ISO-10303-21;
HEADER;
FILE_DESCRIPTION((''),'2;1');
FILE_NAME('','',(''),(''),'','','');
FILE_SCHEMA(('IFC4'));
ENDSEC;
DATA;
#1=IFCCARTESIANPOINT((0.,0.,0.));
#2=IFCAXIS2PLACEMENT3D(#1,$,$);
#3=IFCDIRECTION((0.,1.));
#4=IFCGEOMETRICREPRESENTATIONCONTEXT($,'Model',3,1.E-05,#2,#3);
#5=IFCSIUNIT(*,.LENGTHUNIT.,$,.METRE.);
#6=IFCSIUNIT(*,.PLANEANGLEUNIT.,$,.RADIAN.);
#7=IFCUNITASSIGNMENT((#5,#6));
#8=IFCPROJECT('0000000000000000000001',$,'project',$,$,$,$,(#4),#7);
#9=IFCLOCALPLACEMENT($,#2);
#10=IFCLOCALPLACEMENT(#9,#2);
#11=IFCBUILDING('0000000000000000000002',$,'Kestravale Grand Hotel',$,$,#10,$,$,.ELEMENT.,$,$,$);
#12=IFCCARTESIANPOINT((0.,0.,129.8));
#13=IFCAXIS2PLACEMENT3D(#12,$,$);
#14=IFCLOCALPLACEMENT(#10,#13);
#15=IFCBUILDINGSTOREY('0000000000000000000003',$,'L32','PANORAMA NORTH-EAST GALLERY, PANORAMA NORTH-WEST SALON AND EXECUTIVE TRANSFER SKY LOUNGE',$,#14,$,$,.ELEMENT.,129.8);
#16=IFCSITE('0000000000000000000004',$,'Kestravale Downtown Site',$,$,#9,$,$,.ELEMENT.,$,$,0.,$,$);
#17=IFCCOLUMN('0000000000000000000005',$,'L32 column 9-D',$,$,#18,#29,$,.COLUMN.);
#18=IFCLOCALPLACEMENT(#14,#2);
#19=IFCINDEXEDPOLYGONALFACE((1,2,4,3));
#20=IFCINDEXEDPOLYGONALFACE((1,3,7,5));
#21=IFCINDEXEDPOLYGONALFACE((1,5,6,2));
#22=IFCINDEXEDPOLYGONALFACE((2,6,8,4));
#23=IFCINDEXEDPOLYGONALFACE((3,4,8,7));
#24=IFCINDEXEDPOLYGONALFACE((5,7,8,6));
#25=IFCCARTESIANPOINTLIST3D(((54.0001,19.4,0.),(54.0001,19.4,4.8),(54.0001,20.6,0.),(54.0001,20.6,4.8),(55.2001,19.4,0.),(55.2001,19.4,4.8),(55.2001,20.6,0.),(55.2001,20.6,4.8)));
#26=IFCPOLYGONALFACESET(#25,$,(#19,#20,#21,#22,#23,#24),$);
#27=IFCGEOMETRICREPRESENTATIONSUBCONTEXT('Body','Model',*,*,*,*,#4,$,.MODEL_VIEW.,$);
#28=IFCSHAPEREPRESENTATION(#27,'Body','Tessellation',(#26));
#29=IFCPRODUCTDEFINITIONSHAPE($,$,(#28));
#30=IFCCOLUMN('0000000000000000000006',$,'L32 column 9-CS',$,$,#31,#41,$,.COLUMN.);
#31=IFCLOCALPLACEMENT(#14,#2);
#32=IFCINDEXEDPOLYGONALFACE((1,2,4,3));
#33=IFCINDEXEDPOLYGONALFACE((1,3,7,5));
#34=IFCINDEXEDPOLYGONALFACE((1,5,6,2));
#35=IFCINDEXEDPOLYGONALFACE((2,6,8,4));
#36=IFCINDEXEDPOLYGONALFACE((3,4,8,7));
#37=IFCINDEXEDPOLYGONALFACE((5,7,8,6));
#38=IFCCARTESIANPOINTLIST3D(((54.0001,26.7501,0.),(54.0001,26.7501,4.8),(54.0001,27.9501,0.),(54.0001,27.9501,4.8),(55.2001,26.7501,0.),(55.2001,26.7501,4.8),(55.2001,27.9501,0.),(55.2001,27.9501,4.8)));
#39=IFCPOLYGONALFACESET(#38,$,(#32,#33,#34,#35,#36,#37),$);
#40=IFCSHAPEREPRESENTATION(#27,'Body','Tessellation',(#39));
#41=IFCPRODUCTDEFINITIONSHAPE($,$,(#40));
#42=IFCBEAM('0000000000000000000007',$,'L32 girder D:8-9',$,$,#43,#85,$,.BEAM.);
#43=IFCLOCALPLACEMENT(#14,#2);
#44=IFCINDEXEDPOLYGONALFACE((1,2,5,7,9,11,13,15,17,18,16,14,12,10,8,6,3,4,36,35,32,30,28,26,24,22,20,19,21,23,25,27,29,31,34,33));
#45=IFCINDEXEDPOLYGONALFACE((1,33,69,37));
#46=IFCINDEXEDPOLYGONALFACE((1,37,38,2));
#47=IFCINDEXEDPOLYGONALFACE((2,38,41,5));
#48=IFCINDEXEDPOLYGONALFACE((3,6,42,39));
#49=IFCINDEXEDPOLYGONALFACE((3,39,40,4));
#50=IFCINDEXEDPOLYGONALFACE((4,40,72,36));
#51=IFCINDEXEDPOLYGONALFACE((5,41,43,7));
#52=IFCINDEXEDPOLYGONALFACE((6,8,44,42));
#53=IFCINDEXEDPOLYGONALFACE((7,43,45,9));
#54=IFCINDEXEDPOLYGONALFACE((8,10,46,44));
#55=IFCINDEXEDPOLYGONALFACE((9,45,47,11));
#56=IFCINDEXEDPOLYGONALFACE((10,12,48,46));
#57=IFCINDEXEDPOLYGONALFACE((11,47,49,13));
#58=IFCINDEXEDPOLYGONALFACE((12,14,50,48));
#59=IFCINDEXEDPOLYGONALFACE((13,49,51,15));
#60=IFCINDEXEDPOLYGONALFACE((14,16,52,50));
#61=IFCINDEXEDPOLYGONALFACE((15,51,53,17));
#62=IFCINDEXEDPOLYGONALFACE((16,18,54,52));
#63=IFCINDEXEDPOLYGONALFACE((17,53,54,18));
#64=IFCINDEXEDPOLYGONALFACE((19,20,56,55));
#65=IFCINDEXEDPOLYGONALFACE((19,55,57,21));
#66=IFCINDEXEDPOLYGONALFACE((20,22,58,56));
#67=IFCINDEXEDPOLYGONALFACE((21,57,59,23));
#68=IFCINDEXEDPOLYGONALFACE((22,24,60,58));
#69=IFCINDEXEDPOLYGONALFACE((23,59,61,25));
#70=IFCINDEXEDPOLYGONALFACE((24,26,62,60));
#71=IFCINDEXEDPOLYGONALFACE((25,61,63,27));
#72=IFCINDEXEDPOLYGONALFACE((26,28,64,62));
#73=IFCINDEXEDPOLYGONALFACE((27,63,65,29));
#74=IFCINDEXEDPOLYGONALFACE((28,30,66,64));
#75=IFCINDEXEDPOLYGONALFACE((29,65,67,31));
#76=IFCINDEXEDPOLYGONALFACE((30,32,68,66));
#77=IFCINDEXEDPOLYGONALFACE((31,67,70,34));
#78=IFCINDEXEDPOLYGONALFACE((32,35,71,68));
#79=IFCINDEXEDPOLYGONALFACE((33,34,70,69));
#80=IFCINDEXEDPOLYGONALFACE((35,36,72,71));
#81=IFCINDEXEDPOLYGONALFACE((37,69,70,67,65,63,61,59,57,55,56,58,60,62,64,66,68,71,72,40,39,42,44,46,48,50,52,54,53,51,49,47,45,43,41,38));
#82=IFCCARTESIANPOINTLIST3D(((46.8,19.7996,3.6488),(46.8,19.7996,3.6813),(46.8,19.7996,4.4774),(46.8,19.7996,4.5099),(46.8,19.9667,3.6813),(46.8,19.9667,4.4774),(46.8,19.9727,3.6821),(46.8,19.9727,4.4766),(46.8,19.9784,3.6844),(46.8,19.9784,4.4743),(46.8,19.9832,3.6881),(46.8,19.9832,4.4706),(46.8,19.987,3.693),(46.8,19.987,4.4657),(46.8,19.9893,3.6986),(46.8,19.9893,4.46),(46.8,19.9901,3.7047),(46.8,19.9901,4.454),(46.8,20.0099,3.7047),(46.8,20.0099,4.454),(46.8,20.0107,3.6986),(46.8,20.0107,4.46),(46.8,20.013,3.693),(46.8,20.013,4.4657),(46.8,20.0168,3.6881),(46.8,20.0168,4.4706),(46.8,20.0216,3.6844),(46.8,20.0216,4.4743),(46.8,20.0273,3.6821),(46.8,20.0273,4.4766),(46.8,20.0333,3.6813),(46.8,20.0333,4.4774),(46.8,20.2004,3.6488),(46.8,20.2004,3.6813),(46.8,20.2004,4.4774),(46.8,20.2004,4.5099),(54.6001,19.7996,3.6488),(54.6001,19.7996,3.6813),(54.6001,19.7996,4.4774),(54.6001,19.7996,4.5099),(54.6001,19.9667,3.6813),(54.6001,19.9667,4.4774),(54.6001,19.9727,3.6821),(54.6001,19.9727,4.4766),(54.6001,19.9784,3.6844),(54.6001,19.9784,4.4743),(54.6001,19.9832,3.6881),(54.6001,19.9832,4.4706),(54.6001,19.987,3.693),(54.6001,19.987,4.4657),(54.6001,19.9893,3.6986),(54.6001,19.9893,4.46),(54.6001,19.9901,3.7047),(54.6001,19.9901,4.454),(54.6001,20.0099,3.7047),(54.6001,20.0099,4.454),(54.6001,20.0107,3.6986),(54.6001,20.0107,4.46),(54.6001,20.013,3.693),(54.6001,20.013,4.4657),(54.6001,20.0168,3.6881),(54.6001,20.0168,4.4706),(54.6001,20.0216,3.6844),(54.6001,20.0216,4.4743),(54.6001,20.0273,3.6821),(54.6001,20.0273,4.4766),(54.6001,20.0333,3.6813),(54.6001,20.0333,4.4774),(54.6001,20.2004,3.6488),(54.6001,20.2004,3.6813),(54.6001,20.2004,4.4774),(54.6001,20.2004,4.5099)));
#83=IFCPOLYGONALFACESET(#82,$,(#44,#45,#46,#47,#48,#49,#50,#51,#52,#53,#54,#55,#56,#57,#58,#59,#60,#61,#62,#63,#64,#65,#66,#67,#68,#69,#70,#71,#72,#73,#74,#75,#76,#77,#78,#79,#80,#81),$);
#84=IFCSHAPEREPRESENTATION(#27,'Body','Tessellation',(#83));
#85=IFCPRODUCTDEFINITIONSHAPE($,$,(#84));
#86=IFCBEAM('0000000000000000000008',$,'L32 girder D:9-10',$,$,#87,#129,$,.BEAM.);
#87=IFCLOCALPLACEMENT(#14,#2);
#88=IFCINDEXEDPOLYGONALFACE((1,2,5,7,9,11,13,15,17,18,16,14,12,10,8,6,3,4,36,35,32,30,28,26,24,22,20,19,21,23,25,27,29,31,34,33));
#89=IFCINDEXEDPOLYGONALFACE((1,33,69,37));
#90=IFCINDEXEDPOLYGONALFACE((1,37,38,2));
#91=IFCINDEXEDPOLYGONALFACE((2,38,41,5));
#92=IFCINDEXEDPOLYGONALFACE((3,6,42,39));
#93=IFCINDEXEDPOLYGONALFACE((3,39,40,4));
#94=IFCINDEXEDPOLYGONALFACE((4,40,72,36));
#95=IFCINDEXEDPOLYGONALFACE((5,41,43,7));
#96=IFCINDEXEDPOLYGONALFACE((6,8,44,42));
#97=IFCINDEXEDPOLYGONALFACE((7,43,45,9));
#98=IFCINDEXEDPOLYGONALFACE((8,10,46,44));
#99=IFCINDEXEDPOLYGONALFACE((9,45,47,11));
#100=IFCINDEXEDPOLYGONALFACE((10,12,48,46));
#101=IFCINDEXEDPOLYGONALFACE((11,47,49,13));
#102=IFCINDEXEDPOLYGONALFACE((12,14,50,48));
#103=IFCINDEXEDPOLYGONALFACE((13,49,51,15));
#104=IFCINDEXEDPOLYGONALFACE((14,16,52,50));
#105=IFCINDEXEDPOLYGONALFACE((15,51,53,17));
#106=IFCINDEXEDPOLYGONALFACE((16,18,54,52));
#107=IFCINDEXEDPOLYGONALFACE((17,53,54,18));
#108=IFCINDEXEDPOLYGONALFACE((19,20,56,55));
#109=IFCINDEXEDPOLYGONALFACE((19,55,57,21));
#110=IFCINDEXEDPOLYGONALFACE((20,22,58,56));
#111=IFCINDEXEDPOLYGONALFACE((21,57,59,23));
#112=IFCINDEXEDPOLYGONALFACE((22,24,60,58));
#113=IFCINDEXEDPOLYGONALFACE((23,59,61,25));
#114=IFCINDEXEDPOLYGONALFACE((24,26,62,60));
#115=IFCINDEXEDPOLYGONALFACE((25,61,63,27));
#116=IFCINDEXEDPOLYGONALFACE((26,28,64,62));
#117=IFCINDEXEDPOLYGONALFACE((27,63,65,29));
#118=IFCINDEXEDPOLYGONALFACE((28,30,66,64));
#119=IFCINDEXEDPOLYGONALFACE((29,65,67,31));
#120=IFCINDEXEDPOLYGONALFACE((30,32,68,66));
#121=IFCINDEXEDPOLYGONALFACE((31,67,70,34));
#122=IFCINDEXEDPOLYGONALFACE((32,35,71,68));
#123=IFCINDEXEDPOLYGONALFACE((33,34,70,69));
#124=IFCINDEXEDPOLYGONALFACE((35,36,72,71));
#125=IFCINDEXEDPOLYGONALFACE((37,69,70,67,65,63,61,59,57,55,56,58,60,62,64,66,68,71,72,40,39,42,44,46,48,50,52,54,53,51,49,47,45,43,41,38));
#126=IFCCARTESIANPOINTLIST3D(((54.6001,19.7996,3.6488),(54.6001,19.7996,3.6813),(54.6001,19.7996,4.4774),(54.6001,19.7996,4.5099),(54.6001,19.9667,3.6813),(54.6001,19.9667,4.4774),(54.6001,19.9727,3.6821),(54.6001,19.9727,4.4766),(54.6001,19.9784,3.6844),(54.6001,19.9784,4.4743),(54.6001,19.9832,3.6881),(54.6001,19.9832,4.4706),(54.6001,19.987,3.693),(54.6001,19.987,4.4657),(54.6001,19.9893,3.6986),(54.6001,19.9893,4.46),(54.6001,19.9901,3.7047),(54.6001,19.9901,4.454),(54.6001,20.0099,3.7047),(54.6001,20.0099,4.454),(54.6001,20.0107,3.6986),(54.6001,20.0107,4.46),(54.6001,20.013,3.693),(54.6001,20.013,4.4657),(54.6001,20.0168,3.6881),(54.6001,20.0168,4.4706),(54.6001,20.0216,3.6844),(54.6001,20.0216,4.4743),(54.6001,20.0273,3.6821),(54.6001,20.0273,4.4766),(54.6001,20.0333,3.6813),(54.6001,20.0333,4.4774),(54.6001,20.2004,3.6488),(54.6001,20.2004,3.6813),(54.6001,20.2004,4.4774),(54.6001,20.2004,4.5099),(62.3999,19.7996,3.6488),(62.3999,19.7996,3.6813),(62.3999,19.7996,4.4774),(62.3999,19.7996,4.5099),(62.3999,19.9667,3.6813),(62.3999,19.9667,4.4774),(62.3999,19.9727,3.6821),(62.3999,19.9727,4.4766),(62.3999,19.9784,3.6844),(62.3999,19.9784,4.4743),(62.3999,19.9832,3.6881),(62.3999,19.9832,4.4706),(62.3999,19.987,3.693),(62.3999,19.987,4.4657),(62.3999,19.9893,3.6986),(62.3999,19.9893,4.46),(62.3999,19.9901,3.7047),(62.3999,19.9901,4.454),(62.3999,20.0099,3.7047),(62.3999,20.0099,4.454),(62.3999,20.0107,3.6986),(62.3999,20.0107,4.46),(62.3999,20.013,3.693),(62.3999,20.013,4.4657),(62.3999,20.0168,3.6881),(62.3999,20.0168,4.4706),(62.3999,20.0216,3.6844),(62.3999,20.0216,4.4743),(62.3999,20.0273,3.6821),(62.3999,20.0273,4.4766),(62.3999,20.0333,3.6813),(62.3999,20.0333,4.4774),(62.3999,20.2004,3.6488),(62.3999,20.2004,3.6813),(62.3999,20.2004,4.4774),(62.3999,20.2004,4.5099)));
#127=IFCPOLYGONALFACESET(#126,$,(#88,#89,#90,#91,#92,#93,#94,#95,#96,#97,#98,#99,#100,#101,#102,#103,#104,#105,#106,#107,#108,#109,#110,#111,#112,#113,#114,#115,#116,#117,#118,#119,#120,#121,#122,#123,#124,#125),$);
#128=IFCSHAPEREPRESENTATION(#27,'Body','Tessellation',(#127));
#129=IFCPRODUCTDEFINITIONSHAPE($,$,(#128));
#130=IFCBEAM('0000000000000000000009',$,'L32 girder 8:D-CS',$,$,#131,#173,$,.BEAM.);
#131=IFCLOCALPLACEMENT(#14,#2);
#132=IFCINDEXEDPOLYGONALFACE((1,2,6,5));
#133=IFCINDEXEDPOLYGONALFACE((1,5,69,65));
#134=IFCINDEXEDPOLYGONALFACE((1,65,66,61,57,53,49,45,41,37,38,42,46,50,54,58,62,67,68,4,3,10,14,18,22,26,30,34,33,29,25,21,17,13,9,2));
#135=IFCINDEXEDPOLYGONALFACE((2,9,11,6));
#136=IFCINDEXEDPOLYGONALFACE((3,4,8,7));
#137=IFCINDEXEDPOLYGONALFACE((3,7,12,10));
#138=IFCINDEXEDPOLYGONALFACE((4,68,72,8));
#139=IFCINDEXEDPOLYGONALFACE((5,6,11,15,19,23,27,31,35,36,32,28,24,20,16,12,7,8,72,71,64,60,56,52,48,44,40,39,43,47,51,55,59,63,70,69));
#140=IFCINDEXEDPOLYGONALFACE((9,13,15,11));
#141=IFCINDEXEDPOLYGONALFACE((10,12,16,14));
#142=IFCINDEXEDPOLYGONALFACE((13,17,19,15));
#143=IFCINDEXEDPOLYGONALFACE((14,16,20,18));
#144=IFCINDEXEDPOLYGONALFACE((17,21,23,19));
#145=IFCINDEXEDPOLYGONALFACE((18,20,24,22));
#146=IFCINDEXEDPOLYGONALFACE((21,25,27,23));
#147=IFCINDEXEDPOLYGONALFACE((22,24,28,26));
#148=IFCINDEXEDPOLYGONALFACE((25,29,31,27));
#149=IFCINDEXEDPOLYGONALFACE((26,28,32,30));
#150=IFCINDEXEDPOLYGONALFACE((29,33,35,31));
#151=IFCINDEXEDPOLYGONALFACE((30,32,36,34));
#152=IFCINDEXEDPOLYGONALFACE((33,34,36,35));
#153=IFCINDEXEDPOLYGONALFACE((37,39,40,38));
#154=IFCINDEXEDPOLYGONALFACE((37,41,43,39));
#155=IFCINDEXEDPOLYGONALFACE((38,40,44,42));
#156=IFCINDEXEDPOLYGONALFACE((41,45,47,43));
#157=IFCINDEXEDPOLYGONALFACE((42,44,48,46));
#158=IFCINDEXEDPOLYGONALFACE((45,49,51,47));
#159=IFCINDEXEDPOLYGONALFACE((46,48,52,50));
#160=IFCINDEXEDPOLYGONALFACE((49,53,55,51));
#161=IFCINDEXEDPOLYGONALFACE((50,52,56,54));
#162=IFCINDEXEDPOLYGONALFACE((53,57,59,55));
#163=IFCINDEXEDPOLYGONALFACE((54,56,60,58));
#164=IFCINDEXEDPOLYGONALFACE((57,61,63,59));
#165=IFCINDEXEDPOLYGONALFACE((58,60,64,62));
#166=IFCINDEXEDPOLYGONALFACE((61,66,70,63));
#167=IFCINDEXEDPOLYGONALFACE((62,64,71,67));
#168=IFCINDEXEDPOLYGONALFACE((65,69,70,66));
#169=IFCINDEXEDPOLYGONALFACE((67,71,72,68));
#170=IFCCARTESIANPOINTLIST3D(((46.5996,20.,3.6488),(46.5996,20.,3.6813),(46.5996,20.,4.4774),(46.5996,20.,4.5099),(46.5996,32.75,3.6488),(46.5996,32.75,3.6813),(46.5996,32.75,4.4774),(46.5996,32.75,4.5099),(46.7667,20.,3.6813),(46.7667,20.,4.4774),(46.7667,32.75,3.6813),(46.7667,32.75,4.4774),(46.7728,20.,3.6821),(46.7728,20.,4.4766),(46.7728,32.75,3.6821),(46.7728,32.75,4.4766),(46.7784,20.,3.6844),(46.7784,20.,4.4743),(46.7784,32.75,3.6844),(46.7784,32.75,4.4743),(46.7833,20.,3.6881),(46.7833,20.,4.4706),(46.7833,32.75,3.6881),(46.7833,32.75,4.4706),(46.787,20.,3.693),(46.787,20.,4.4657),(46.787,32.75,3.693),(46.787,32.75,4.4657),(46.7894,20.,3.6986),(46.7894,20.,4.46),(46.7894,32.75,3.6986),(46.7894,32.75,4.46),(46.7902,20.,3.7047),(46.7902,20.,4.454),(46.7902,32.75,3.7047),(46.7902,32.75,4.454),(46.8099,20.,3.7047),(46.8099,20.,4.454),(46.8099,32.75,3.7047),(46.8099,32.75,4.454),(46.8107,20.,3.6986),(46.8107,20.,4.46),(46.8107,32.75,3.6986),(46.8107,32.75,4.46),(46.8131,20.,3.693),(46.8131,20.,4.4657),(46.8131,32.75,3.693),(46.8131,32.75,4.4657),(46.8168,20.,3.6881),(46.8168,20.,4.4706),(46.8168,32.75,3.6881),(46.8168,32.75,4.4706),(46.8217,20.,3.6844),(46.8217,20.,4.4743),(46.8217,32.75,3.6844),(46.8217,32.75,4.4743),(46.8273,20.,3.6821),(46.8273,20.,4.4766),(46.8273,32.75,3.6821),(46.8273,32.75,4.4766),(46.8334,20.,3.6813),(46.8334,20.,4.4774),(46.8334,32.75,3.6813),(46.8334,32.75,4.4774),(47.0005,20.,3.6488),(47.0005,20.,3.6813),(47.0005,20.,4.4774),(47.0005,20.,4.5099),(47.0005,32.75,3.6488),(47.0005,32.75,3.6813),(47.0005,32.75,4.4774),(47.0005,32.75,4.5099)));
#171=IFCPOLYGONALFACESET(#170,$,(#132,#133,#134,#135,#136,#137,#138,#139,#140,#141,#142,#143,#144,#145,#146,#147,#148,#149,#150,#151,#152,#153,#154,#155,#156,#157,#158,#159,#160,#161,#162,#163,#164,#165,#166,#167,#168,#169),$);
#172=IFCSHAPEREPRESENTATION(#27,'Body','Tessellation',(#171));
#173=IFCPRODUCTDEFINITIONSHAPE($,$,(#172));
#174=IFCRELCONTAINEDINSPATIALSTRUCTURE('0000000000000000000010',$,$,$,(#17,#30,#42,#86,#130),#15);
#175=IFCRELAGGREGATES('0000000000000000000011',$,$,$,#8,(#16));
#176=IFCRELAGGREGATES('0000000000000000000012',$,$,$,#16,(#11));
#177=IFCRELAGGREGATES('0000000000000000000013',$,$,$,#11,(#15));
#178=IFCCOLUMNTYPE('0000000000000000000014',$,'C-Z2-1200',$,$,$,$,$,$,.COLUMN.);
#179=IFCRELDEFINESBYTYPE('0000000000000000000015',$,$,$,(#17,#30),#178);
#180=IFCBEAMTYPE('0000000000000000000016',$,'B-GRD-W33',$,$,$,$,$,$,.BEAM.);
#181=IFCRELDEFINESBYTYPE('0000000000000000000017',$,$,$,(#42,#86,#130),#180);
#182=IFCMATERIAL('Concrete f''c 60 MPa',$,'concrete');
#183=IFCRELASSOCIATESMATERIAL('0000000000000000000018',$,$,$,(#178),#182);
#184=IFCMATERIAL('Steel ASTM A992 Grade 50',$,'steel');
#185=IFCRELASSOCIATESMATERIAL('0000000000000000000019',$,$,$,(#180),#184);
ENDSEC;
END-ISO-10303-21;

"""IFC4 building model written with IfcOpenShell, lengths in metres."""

from ifc_helpers import new_model, si_unit, direction, frame, origin, origin_2d, place, context, subcontext, project, spatial, rectangle, i_section, extrude, material, material_profile, profile_set, type_object, element, save


model = new_model("IFC4")

# Units and contexts
model_context = context("Model", 3, precision=1e-05, world=origin(), true_north=direction((0.0, 1.0)))
body_context = subcontext(model_context, "Body", "Model", "MODEL_VIEW")
ifc_project = project(units=[si_unit("LENGTHUNIT", "METRE"), si_unit("PLANEANGLEUNIT", "RADIAN")], contexts=[model_context])

# Site, building, storey
site_placement = place(None, origin())
site = spatial("IfcSite", under=ifc_project, at=site_placement, Name="Kestravale Downtown Site", CompositionType="ELEMENT", RefElevation=0.0)
building_placement = place(site_placement, origin())
building = spatial("IfcBuilding", under=site, at=building_placement, Name="Kestravale Grand Hotel", CompositionType="ELEMENT")
storey_placement = place(building_placement, frame((0.0, 0.0, 129.8)))
storey = spatial("IfcBuildingStorey", under=building, at=storey_placement, Name="L32", Description="PANORAMA NORTH-EAST GALLERY, PANORAMA NORTH-WEST SALON AND EXECUTIVE TRANSFER SKY LOUNGE", CompositionType="ELEMENT", Elevation=129.8)

# Columns
ifc_material_1 = material(Name="Concrete f'c 60 MPa", Category="concrete")
ifc_material_profile_1 = material_profile(ifc_material_1, rectangle(XDim=1.2, YDim=1.2, at=origin_2d()))
ifc_profile_set_1 = profile_set([ifc_material_profile_1], Name="Concrete f'c 60 MPa")
column_type = type_object("IfcColumnType", Name="C-Z2-1200", PredefinedType="COLUMN", material=ifc_profile_set_1)
for number, where, z_axis, x_axis, name in (
    (1, (54.6001, 20.0, 0.0), (0.0, 0.0, 1.0), (1.0, 0.0, 0.0), "L32 column 9-D"),
    (2, (54.6001, 27.3501, 0.0), (0.0, 0.0, 1.0), (1.0, 0.0, 0.0), "L32 column 9-CS"),
):
    element("IfcColumn", number, at=place(storey_placement, frame(where, z_axis=z_axis, x_axis=x_axis)), inside=storey, type_object=column_type, Name=name, PredefinedType="COLUMN", context=body_context, shape_type="SweptSolid", body=[
        extrude(rectangle(XDim=1.2, YDim=1.2, at=origin_2d()), origin(), (0.0, 0.0, 1.0), 4.8),
    ])

# Beams
ifc_material_2 = material(Name="Steel ASTM A992 Grade 50", Category="steel")
ifc_material_profile_2 = material_profile(ifc_material_2, i_section(OverallWidth=0.4009, OverallDepth=0.8611, WebThickness=0.0198, FlangeThickness=0.0325, FilletRadius=0.0234, at=origin_2d()))
ifc_profile_set_2 = profile_set([ifc_material_profile_2], Name="Steel ASTM A992 Grade 50")
beam_type = type_object("IfcBeamType", Name="B-GRD-W33", PredefinedType="BEAM", material=ifc_profile_set_2)
beam_1_placement = place(storey_placement, frame((46.8, 20.0, 4.0793), z_axis=(1.0, 0.0, 0.0), x_axis=(0.0, 1.0, 0.0)))
element("IfcBeam", 3, at=beam_1_placement, inside=storey, type_object=beam_type, Name="L32 girder D:8-9", PredefinedType="BEAM", context=body_context, shape_type="SweptSolid", body=[
    extrude(i_section(OverallWidth=0.4009, OverallDepth=0.8611, WebThickness=0.0198, FlangeThickness=0.0325, FilletRadius=0.0234, at=origin_2d()), origin(), (0.0, 0.0, 1.0), 7.8),
])
beam_2_placement = place(storey_placement, frame((54.6001, 20.0, 4.0793), z_axis=(1.0, 0.0, 0.0), x_axis=(0.0, 1.0, 0.0)))
element("IfcBeam", 4, at=beam_2_placement, inside=storey, type_object=beam_type, Name="L32 girder D:9-10", PredefinedType="BEAM", context=body_context, shape_type="SweptSolid", body=[
    extrude(i_section(OverallWidth=0.4009, OverallDepth=0.8611, WebThickness=0.0198, FlangeThickness=0.0325, FilletRadius=0.0234, at=origin_2d()), origin(), (0.0, 0.0, 1.0), 7.7998),
])
beam_3_placement = place(storey_placement, frame((46.8, 20.0, 4.0793), z_axis=(0.0, 1.0, 0.0), x_axis=(-1.0, 0.0, 0.0)))
element("IfcBeam", 5, at=beam_3_placement, inside=storey, type_object=beam_type, Name="L32 girder 8:D-CS", PredefinedType="BEAM", context=body_context, shape_type="SweptSolid", body=[
    extrude(i_section(OverallWidth=0.4009, OverallDepth=0.8611, WebThickness=0.0198, FlangeThickness=0.0325, FilletRadius=0.0234, at=origin_2d()), origin(), (0.0, 0.0, 1.0), 12.75),
])

save(model, "model.ifc")
